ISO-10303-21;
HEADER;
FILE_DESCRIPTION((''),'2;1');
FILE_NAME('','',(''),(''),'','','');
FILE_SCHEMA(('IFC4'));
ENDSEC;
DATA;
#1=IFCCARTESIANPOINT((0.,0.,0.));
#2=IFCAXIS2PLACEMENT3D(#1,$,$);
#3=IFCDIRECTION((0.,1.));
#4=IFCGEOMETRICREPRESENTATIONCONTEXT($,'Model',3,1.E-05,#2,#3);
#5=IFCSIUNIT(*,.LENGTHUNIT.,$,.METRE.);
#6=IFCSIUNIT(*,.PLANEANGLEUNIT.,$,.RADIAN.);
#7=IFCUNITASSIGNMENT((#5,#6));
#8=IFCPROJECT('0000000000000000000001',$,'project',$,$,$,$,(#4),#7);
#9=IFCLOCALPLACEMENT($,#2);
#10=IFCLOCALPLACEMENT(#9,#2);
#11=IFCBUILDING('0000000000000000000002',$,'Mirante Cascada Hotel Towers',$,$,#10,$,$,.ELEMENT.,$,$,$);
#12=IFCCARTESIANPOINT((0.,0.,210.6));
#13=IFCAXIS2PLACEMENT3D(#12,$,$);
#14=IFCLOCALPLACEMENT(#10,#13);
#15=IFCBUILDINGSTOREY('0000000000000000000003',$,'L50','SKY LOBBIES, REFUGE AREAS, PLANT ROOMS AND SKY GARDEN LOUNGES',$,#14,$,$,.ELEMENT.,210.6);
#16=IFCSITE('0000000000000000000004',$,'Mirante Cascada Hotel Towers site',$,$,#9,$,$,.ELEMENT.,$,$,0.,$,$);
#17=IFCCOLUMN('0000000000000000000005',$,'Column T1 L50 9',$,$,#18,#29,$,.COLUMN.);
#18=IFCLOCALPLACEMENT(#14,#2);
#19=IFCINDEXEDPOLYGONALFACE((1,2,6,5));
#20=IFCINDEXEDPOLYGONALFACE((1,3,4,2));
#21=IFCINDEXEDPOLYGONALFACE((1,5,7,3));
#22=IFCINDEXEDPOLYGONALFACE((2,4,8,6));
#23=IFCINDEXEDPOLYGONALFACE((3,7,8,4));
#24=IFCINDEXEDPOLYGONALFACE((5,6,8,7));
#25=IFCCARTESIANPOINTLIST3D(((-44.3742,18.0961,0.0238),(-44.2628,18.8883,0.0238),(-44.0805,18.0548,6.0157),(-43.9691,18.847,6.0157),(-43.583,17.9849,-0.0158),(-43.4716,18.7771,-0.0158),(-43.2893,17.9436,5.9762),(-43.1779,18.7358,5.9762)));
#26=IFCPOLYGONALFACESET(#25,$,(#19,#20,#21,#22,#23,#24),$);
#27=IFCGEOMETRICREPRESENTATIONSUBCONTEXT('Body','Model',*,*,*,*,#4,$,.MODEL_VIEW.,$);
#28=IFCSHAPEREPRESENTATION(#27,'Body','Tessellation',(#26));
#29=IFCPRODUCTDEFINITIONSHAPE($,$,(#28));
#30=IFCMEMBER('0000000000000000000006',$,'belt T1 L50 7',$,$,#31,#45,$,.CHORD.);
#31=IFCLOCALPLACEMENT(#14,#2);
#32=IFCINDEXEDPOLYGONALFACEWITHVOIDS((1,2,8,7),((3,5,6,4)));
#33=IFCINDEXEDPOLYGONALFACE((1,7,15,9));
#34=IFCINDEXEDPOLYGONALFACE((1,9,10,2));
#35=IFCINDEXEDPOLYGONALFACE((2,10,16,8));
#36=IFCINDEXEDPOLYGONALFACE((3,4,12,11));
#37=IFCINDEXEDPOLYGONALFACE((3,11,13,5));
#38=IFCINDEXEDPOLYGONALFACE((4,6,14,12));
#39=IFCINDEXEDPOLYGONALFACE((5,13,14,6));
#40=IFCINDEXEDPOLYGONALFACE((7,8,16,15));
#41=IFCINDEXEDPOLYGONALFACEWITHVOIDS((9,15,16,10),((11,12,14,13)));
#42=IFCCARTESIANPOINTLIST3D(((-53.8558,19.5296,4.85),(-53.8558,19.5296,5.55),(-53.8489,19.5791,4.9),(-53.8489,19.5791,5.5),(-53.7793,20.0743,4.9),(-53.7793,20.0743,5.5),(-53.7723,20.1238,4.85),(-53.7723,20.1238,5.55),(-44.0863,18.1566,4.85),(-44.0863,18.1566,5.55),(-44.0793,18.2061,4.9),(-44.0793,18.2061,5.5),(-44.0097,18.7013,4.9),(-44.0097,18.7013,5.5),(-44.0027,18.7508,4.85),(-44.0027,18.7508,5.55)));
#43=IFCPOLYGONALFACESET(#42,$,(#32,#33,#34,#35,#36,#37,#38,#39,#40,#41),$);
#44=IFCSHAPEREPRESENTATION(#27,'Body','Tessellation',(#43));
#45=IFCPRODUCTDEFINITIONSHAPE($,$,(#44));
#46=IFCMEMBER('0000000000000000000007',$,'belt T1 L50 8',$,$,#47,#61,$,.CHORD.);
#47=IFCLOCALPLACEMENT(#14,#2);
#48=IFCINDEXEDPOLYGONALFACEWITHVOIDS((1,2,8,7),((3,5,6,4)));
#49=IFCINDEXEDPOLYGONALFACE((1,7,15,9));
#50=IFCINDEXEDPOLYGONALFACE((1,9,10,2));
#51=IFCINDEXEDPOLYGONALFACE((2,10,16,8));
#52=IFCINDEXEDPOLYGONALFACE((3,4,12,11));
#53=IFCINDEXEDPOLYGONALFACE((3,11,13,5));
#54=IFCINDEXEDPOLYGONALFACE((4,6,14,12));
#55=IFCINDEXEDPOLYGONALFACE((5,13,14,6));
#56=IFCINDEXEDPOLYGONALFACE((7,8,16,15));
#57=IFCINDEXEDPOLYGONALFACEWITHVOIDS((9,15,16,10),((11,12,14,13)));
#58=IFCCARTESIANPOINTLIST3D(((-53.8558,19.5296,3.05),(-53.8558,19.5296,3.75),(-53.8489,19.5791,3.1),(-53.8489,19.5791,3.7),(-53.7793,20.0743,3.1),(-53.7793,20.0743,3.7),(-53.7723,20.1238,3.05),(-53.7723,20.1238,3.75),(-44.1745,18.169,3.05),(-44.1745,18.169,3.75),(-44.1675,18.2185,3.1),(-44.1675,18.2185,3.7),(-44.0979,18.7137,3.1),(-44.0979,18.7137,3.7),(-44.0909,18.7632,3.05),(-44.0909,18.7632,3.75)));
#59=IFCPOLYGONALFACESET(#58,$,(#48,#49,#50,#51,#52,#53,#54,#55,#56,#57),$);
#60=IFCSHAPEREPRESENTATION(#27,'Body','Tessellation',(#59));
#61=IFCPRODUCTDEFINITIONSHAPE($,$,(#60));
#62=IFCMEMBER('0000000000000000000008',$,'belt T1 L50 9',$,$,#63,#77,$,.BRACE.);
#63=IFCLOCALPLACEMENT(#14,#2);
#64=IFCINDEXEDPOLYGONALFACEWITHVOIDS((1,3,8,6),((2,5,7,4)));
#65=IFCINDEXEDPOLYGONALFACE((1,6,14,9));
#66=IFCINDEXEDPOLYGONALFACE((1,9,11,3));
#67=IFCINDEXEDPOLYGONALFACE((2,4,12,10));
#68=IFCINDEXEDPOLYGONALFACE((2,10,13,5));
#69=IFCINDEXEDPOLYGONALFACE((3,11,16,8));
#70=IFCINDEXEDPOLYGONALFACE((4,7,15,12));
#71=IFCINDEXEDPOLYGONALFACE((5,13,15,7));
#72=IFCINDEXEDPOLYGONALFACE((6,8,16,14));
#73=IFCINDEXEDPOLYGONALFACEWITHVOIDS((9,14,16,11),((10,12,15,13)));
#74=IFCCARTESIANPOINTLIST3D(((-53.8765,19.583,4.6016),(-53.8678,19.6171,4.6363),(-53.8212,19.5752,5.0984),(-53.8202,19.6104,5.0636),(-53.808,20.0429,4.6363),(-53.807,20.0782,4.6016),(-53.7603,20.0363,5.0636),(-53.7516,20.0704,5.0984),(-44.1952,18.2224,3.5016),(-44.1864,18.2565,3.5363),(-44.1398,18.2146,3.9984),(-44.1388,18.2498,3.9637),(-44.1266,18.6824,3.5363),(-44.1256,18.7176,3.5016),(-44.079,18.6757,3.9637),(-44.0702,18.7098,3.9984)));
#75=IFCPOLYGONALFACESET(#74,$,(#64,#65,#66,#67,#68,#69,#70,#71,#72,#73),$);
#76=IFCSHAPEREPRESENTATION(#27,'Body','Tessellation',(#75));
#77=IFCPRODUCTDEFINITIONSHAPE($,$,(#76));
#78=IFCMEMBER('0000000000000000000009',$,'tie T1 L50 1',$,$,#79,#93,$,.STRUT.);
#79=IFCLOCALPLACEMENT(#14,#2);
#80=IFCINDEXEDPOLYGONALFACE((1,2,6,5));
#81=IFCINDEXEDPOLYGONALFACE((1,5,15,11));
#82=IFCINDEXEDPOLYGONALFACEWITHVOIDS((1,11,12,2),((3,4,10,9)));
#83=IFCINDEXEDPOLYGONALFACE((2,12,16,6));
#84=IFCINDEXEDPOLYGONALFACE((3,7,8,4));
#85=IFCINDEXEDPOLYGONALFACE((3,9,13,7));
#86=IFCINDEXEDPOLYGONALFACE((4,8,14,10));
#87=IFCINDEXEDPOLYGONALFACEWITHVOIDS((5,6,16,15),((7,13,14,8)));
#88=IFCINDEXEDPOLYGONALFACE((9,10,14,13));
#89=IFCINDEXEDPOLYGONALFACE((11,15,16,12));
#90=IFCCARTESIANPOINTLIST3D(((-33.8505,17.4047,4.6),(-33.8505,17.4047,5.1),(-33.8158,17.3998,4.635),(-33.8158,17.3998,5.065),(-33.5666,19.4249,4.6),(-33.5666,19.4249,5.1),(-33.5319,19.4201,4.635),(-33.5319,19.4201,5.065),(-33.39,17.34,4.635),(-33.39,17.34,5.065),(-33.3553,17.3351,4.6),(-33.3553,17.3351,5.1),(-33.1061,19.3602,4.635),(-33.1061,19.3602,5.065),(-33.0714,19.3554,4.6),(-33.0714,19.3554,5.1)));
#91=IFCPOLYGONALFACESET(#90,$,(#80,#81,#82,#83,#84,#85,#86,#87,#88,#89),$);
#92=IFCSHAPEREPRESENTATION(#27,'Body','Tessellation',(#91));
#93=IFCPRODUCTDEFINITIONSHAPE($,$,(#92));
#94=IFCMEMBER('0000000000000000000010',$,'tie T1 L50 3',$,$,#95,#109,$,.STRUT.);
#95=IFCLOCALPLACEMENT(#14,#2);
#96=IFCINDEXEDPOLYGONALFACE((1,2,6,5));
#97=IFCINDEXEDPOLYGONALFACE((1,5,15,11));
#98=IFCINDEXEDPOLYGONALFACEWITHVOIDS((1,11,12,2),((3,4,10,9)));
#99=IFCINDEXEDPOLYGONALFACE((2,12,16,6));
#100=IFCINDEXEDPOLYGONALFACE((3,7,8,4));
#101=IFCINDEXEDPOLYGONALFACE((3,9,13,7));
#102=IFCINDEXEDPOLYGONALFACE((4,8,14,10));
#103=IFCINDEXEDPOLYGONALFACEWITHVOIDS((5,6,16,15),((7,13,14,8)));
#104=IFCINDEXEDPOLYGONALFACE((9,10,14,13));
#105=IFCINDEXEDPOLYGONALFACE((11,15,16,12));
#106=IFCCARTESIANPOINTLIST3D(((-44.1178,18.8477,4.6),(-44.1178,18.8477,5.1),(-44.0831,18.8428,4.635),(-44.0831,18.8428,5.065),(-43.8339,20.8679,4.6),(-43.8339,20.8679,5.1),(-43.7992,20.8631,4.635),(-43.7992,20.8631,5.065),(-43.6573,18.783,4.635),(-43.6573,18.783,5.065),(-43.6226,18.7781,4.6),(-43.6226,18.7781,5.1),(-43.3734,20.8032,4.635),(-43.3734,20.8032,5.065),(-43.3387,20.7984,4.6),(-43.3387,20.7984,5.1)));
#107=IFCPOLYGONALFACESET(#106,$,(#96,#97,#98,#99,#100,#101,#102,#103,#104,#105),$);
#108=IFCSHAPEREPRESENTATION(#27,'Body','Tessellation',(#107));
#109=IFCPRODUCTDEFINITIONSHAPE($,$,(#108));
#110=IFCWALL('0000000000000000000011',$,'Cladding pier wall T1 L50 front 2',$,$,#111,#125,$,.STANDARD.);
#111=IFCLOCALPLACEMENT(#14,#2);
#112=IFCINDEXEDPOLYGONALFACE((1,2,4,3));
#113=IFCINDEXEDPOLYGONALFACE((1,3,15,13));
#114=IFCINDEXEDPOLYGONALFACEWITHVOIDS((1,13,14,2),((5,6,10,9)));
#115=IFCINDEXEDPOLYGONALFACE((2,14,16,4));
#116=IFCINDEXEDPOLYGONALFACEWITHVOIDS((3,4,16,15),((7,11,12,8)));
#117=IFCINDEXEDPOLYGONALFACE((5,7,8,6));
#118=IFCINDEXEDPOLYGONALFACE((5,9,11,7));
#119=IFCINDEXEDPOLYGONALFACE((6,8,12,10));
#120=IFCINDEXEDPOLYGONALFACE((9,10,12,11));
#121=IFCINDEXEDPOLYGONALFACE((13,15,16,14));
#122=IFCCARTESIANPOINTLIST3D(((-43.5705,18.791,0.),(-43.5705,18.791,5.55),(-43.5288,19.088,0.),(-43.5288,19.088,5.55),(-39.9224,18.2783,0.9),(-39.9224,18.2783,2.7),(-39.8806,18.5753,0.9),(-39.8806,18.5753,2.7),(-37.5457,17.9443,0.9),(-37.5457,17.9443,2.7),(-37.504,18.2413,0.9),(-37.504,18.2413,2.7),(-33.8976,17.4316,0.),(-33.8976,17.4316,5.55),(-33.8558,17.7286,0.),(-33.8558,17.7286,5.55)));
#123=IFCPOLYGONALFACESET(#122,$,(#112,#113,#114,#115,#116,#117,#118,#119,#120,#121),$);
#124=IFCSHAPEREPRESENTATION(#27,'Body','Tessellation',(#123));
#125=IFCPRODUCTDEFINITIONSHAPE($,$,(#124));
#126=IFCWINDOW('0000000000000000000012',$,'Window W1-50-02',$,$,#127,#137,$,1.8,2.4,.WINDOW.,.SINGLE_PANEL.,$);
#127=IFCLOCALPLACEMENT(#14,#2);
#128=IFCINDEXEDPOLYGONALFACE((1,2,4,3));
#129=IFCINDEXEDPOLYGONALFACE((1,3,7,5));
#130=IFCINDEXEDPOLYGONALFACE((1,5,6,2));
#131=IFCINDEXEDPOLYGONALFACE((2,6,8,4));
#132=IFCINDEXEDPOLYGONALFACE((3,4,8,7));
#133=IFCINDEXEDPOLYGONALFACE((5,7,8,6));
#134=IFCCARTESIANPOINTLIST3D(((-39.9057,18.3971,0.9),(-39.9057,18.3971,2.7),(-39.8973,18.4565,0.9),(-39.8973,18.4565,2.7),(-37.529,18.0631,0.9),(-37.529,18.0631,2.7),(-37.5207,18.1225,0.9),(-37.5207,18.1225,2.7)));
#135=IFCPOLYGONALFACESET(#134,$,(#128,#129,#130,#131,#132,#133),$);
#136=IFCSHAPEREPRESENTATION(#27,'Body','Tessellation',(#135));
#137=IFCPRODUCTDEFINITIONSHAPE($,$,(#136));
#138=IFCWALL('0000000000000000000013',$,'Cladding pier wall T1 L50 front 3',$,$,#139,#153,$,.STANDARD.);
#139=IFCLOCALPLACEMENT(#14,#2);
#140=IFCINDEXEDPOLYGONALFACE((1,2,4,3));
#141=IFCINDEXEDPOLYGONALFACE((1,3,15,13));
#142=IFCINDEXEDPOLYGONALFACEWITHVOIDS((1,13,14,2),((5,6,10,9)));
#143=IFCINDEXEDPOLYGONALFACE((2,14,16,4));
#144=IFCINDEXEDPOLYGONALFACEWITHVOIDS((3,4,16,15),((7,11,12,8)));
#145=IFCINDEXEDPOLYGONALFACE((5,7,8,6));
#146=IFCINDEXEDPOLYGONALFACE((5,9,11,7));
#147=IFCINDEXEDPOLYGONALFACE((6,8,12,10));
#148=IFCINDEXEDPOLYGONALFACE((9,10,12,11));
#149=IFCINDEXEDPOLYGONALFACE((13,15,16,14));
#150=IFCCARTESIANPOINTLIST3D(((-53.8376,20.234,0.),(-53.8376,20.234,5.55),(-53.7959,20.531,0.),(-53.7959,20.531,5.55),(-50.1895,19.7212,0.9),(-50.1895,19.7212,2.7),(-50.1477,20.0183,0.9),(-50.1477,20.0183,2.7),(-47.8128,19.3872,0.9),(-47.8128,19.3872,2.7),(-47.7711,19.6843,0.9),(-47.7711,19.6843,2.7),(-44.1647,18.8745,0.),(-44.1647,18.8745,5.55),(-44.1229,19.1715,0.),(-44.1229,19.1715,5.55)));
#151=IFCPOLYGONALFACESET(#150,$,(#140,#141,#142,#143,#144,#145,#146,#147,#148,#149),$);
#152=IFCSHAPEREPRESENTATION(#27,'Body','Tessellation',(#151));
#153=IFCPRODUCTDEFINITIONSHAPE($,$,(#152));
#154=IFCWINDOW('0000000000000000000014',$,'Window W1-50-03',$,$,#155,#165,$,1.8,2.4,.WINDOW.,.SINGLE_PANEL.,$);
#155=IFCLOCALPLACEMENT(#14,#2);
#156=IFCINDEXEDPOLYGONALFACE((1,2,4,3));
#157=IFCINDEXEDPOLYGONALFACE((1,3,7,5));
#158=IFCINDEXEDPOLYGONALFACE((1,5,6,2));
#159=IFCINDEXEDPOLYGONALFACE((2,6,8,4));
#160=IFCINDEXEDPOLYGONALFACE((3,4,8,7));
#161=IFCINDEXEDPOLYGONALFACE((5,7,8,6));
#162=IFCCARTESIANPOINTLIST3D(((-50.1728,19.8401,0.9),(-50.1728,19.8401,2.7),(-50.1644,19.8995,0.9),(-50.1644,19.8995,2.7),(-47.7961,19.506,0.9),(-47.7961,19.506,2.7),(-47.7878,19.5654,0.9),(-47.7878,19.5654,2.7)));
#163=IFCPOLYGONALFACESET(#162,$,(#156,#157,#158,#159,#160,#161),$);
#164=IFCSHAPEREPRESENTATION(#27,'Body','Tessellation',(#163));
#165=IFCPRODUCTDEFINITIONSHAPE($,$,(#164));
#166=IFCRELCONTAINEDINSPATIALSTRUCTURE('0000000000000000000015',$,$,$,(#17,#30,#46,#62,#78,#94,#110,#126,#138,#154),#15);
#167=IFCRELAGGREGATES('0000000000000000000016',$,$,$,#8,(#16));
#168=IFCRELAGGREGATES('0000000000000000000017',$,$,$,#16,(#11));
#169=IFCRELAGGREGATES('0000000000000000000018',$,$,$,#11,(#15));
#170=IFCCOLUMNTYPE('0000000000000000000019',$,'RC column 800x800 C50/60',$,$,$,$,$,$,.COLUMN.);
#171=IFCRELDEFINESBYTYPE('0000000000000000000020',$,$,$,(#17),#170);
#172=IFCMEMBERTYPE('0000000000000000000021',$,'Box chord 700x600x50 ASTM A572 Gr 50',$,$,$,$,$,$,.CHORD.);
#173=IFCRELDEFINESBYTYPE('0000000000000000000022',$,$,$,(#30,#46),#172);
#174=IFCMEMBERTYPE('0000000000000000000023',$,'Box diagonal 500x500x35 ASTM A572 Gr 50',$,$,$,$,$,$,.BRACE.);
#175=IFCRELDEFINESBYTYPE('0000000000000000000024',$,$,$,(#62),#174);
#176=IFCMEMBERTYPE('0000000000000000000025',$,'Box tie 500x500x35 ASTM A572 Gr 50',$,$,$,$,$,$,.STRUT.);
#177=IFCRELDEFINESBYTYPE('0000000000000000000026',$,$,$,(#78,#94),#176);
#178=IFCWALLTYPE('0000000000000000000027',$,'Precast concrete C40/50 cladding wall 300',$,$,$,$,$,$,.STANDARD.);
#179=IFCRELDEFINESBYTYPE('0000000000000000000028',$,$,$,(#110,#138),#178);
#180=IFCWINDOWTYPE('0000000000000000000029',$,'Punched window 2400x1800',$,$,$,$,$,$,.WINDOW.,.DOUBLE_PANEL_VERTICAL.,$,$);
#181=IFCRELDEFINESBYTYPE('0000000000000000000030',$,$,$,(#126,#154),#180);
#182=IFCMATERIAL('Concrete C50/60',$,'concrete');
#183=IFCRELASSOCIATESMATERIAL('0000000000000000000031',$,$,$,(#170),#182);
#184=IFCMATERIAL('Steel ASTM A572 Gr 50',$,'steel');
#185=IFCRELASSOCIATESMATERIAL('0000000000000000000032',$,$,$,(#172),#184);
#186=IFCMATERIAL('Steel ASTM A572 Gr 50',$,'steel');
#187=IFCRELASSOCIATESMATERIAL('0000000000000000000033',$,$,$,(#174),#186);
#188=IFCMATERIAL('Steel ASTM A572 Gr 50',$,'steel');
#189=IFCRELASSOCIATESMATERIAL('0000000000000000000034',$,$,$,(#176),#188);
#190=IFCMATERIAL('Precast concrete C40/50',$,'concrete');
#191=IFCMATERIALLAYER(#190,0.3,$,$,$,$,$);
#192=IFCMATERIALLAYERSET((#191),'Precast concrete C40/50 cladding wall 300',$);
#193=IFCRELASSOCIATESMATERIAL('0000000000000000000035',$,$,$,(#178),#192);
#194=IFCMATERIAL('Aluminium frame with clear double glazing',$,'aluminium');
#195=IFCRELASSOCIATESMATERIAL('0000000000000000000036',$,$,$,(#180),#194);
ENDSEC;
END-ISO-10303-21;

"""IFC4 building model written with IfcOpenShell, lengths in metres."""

from ifc_helpers import new_model, si_unit, direction, frame, frame_2d, origin, origin_2d, place, context, subcontext, project, spatial, rectangle, hollow_rectangle, extrude, material, layer, layer_set, material_profile, profile_set, type_object, element, fill, save


model = new_model("IFC4")

# Units and contexts
model_context = context("Model", 3, precision=1e-05, world=origin(), true_north=direction((0.0, 1.0)))
body_context = subcontext(model_context, "Body", "Model", "MODEL_VIEW")
ifc_project = project(units=[si_unit("LENGTHUNIT", "METRE"), si_unit("PLANEANGLEUNIT", "RADIAN")], contexts=[model_context])

# Site, building, storey
site_placement = place(None, origin())
site = spatial("IfcSite", under=ifc_project, at=site_placement, Name="Mirante Cascada Hotel Towers site", CompositionType="ELEMENT", RefElevation=0.0)
building_placement = place(site_placement, origin())
building = spatial("IfcBuilding", under=site, at=building_placement, Name="Mirante Cascada Hotel Towers", CompositionType="ELEMENT")
storey_placement = place(building_placement, frame((0.0, 0.0, 210.6)))
storey = spatial("IfcBuildingStorey", under=building, at=storey_placement, Name="L50", Description="SKY LOBBIES, REFUGE AREAS, PLANT ROOMS AND SKY GARDEN LOUNGES", CompositionType="ELEMENT", Elevation=210.6)

# Column
ifc_material_1 = material(Name="Concrete C50/60", Category="concrete")
ifc_material_profile_1 = material_profile(ifc_material_1, rectangle(XDim=0.8, YDim=0.8, at=origin_2d()), Name="RC column 800x800 C50/60")
ifc_profile_set_1 = profile_set([ifc_material_profile_1], Name="Concrete C50/60")
column_type = type_object("IfcColumnType", Name="RC column 800x800 C50/60", PredefinedType="COLUMN", material=ifc_profile_set_1)
column_placement = place(storey_placement, frame((-43.9229, 18.4366, 0.004), z_axis=(0.048955, -0.006884, 0.998777), x_axis=(0.13925, 0.990257, 0.0)))
element("IfcColumn", 1, at=column_placement, inside=storey, type_object=column_type, Name="Column T1 L50 9", PredefinedType="COLUMN", context=body_context, shape_type="SweptSolid", body=[
    extrude(rectangle(XDim=0.8, YDim=0.8, at=origin_2d()), origin(), (0.0, 0.0, 1.0), 5.9993),
])

# Members
ifc_material_2 = material(Name="Steel ASTM A572 Gr 50", Category="steel")
ifc_material_profile_2 = material_profile(ifc_material_2, hollow_rectangle(XDim=0.6, YDim=0.7, WallThickness=0.05, at=origin_2d()), Name="Box chord 700x600x50 ASTM A572 Gr 50")
ifc_profile_set_2 = profile_set([ifc_material_profile_2], Name="Steel ASTM A572 Gr 50")
member_type_1 = type_object("IfcMemberType", Name="Box chord 700x600x50 ASTM A572 Gr 50", PredefinedType="CHORD", material=ifc_profile_set_2)
member_1_placement = place(storey_placement, frame((-44.0445, 18.4537, 5.2), z_axis=(-0.990268, 0.13917, 0.0), x_axis=(-0.13917, -0.990268, 0.0)))
element("IfcMember", 2, at=member_1_placement, inside=storey, type_object=member_type_1, Name="belt T1 L50 7", PredefinedType="CHORD", context=body_context, shape_type="SweptSolid", body=[
    extrude(hollow_rectangle(XDim=0.6, YDim=0.7, WallThickness=0.05, at=origin_2d()), origin(), (0.0, 0.0, 1.0), 9.8656),
])
member_2_placement = place(storey_placement, frame((-44.1327, 18.4661, 3.4), z_axis=(-0.990268, 0.13917, 0.0), x_axis=(-0.13917, -0.990268, 0.0)))
element("IfcMember", 3, at=member_2_placement, inside=storey, type_object=member_type_1, Name="belt T1 L50 8", PredefinedType="CHORD", context=body_context, shape_type="SweptSolid", body=[
    extrude(hollow_rectangle(XDim=0.6, YDim=0.7, WallThickness=0.05, at=origin_2d()), origin(), (0.0, 0.0, 1.0), 9.7765),
])
ifc_material_3 = material(Name="Steel ASTM A572 Gr 50", Category="steel")
ifc_material_profile_3 = material_profile(ifc_material_3, hollow_rectangle(XDim=0.5, YDim=0.5, WallThickness=0.035, at=origin_2d()), Name="Box diagonal 500x500x35 ASTM A572 Gr 50")
ifc_profile_set_3 = profile_set([ifc_material_profile_3], Name="Steel ASTM A572 Gr 50")
member_type_2 = type_object("IfcMemberType", Name="Box diagonal 500x500x35 ASTM A572 Gr 50", PredefinedType="BRACE", material=ifc_profile_set_3)
member_3_placement = place(storey_placement, frame((-44.1327, 18.4661, 3.75), z_axis=(-0.984059, 0.138297, 0.111809), x_axis=(-0.13917, -0.990268, 0.0)))
element("IfcMember", 4, at=member_3_placement, inside=storey, type_object=member_type_2, Name="belt T1 L50 9", PredefinedType="BRACE", context=body_context, shape_type="SweptSolid", body=[
    extrude(hollow_rectangle(XDim=0.5, YDim=0.5, WallThickness=0.035, at=origin_2d()), origin(), (0.0, 0.0, 1.0), 9.8382),
])
ifc_material_4 = material(Name="Steel ASTM A572 Gr 50", Category="steel")
ifc_material_profile_4 = material_profile(ifc_material_4, hollow_rectangle(XDim=0.5, YDim=0.5, WallThickness=0.035, at=origin_2d()), Name="Box tie 500x500x35 ASTM A572 Gr 50")
ifc_profile_set_4 = profile_set([ifc_material_profile_4], Name="Steel ASTM A572 Gr 50")
member_type_3 = type_object("IfcMemberType", Name="Box tie 500x500x35 ASTM A572 Gr 50", PredefinedType="STRUT", material=ifc_profile_set_4)
for number, where, z_axis, x_axis, name in (
    (5, (-33.6029, 17.3699, 4.85), (0.139163, 0.99027, 0.0), (-0.99027, 0.139163, 0.0), "tie T1 L50 1"),
    (6, (-43.8702, 18.8129, 4.85), (0.139163, 0.99027, 0.0), (-0.99027, 0.139163, 0.0), "tie T1 L50 3"),
):
    element("IfcMember", number, at=place(storey_placement, frame(where, z_axis=z_axis, x_axis=x_axis)), inside=storey, type_object=member_type_3, Name=name, PredefinedType="STRUT", context=body_context, shape_type="SweptSolid", body=[
        extrude(hollow_rectangle(XDim=0.5, YDim=0.5, WallThickness=0.035, at=origin_2d()), origin(), (0.0, 0.0, 1.0), 2.0401),
    ])

# Walls, openings, windows
ifc_material_5 = material(Name="Precast concrete C40/50", Category="concrete")
ifc_layer = layer(ifc_material_5, 0.3)
ifc_layer_set = layer_set([ifc_layer], Name="Precast concrete C40/50 cladding wall 300")
wall_type = type_object("IfcWallType", Name="Precast concrete C40/50 cladding wall 300", PredefinedType="STANDARD", material=ifc_layer_set)
wall_1_placement = place(storey_placement, frame((-33.8767, 17.5801, 0.0), z_axis=(0.0, 0.0, 1.0), x_axis=(-0.990269, 0.139169, 0.0)))
wall_1 = element("IfcWall", 7, at=wall_1_placement, inside=storey, type_object=wall_type, Name="Cladding pier wall T1 L50 front 2", PredefinedType="STANDARD", context=body_context, shape_type="SweptSolid", body=[
    extrude(rectangle(XDim=9.768, YDim=0.3, at=frame_2d((4.884, 0.0))), origin(), (0.0, 0.0, 1.0), 5.55),
])
opening_1_placement = place(wall_1_placement, frame((3.684, 0.0, 0.9)))
opening_1 = element("IfcOpeningElement", 8, at=opening_1_placement, cuts=wall_1, PredefinedType="OPENING", context=body_context, shape_type="SweptSolid", body=[
    extrude(rectangle(XDim=2.4, YDim=1.8, at=frame_2d((1.2, 0.9))), frame((0.0, 0.15, 0.0), z_axis=(0.0, -1.0, 0.0), x_axis=(1.0, 0.0, 0.0)), (0.0, 0.0, 1.0), 0.3),
])
ifc_material_6 = material(Name="Aluminium frame with clear double glazing", Category="aluminium")
window_type = type_object("IfcWindowType", Name="Punched window 2400x1800", PartitioningType="DOUBLE_PANEL_VERTICAL", PredefinedType="WINDOW", material=ifc_material_6)
window_1_placement = place(opening_1_placement, origin())
window_1 = element("IfcWindow", 9, at=window_1_placement, inside=storey, type_object=window_type, Name="Window W1-50-02", OverallHeight=1.8, OverallWidth=2.4, PartitioningType="SINGLE_PANEL", PredefinedType="WINDOW", context=body_context, shape_type="SweptSolid", body=[
    extrude(rectangle(XDim=2.4, YDim=1.8, at=frame_2d((1.2, 0.9))), frame((0.0, 0.03, 0.0), z_axis=(0.0, -1.0, 0.0), x_axis=(1.0, 0.0, 0.0)), (0.0, 0.0, 1.0), 0.06),
])
fill(opening_1, window_1)
wall_2_placement = place(storey_placement, frame((-44.1438, 19.023, 0.0), z_axis=(0.0, 0.0, 1.0), x_axis=(-0.990267, 0.139179, 0.0)))
wall_2 = element("IfcWall", 10, at=wall_2_placement, inside=storey, type_object=wall_type, Name="Cladding pier wall T1 L50 front 3", PredefinedType="STANDARD", context=body_context, shape_type="SweptSolid", body=[
    extrude(rectangle(XDim=9.768, YDim=0.3, at=frame_2d((4.884, 0.0))), origin(), (0.0, 0.0, 1.0), 5.55),
])
opening_2_placement = place(wall_2_placement, frame((3.684, 0.0, 0.9)))
opening_2 = element("IfcOpeningElement", 11, at=opening_2_placement, cuts=wall_2, PredefinedType="OPENING", context=body_context, shape_type="SweptSolid", body=[
    extrude(rectangle(XDim=2.4, YDim=1.8, at=frame_2d((1.2, 0.9))), frame((0.0, 0.15, 0.0), z_axis=(0.0, -1.0, 0.0), x_axis=(1.0, 0.0, 0.0)), (0.0, 0.0, 1.0), 0.3),
])
window_2_placement = place(opening_2_placement, origin())
window_2 = element("IfcWindow", 12, at=window_2_placement, inside=storey, type_object=window_type, Name="Window W1-50-03", OverallHeight=1.8, OverallWidth=2.4, PartitioningType="SINGLE_PANEL", PredefinedType="WINDOW", context=body_context, shape_type="SweptSolid", body=[
    extrude(rectangle(XDim=2.4, YDim=1.8, at=frame_2d((1.2, 0.9))), frame((0.0, 0.03, 0.0), z_axis=(0.0, -1.0, 0.0), x_axis=(1.0, 0.0, 0.0)), (0.0, 0.0, 1.0), 0.06),
])
fill(opening_2, window_2)

save(model, "model.ifc")
